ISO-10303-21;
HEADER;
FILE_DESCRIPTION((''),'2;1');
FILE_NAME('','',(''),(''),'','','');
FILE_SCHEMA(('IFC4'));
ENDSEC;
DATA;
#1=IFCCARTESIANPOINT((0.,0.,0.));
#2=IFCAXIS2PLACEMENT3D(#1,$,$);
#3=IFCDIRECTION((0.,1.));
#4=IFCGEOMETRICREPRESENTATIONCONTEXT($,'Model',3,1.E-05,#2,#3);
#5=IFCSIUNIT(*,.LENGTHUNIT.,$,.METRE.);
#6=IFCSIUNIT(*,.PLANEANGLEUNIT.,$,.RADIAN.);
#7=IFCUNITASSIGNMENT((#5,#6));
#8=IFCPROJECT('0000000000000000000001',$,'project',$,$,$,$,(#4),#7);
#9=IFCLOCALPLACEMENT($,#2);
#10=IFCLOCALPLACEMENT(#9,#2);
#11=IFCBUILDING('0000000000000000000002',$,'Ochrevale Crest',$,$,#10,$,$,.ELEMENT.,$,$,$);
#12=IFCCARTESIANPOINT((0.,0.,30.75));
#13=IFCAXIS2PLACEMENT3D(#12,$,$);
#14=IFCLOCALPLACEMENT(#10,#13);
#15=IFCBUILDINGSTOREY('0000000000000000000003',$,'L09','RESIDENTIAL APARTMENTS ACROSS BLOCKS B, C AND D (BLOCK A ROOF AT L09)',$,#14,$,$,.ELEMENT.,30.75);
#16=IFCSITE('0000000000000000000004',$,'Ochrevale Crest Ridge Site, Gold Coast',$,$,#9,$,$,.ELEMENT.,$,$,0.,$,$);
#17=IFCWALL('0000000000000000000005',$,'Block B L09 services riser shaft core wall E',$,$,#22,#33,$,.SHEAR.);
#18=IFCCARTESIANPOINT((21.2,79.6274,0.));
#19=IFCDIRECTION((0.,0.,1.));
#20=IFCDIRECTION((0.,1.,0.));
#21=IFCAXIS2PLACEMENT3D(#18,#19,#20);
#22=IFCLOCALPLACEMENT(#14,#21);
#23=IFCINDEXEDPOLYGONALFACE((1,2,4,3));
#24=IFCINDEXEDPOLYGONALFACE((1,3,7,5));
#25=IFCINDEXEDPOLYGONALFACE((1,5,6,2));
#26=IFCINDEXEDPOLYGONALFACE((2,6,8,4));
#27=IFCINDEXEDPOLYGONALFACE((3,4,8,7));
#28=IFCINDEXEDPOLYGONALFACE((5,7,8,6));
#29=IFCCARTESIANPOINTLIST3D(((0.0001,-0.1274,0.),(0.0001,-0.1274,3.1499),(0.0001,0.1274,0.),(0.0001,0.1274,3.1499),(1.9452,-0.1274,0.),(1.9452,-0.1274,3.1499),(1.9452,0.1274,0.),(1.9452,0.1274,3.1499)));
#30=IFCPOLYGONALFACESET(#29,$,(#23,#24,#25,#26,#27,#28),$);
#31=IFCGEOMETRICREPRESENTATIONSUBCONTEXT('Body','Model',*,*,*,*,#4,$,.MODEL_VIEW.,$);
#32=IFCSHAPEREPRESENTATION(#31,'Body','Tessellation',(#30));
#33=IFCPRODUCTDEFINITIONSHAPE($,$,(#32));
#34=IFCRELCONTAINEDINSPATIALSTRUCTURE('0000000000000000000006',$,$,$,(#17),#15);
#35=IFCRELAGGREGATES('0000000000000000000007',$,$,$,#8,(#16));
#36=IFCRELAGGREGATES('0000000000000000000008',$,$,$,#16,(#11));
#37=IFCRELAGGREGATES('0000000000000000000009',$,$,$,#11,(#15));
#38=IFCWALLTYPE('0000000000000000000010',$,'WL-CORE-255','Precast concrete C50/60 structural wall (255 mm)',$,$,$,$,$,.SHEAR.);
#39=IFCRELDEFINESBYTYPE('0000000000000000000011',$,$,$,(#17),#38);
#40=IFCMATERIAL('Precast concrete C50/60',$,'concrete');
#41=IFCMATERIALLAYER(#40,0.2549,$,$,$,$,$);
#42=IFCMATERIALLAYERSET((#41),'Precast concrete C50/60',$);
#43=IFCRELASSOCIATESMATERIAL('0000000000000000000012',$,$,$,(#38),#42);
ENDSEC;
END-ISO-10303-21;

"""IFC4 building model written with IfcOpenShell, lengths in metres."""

from ifc_helpers import new_model, si_unit, direction, frame, frame_2d, origin, place, context, subcontext, project, spatial, rectangle, extrude, material, layer, layer_set, type_object, element, save


model = new_model("IFC4")

# Units and contexts
model_context = context("Model", 3, precision=1e-05, world=origin(), true_north=direction((0.0, 1.0)))
body_context = subcontext(model_context, "Body", "Model", "MODEL_VIEW")
ifc_project = project(units=[si_unit("LENGTHUNIT", "METRE"), si_unit("PLANEANGLEUNIT", "RADIAN")], contexts=[model_context])

# Site, building, storey
site_placement = place(None, origin())
site = spatial("IfcSite", under=ifc_project, at=site_placement, Name="Ochrevale Crest Ridge Site, Gold Coast", CompositionType="ELEMENT", RefElevation=0.0)
building_placement = place(site_placement, origin())
building = spatial("IfcBuilding", under=site, at=building_placement, Name="Ochrevale Crest", CompositionType="ELEMENT")
storey_placement = place(building_placement, frame((0.0, 0.0, 30.75)))
storey = spatial("IfcBuildingStorey", under=building, at=storey_placement, Name="L09", Description="RESIDENTIAL APARTMENTS ACROSS BLOCKS B, C AND D (BLOCK A ROOF AT L09)", CompositionType="ELEMENT", Elevation=30.75)

# Shared definitions
ifc_material_1 = material(Name="Precast concrete C50/60", Category="concrete")

# Shared definitions
ifc_layer_1 = layer(ifc_material_1, 0.2549)
ifc_layer_set_1 = layer_set([ifc_layer_1], Name="Precast concrete C50/60")
wall_type_1 = type_object("IfcWallType", Name="WL-CORE-255", Description="Precast concrete C50/60 structural wall (255 mm)", PredefinedType="SHEAR", material=ifc_layer_set_1)

# Wall
wall_1_placement = place(storey_placement, frame((21.2, 79.6274, 0.0), z_axis=(0.0, 0.0, 1.0), x_axis=(0.0, 1.0, 0.0)))
element("IfcWall", 1, at=wall_1_placement, inside=storey, type_object=wall_type_1, Name="Block B L09 services riser shaft core wall E", PredefinedType="SHEAR", context=body_context, shape_type="SweptSolid", body=[
    extrude(rectangle(XDim=1.9451, YDim=0.2549, at=frame_2d((0.9727, 0.0))), origin(), (0.0, 0.0, 1.0), 3.1499),
])

save(model, "model.ifc")
